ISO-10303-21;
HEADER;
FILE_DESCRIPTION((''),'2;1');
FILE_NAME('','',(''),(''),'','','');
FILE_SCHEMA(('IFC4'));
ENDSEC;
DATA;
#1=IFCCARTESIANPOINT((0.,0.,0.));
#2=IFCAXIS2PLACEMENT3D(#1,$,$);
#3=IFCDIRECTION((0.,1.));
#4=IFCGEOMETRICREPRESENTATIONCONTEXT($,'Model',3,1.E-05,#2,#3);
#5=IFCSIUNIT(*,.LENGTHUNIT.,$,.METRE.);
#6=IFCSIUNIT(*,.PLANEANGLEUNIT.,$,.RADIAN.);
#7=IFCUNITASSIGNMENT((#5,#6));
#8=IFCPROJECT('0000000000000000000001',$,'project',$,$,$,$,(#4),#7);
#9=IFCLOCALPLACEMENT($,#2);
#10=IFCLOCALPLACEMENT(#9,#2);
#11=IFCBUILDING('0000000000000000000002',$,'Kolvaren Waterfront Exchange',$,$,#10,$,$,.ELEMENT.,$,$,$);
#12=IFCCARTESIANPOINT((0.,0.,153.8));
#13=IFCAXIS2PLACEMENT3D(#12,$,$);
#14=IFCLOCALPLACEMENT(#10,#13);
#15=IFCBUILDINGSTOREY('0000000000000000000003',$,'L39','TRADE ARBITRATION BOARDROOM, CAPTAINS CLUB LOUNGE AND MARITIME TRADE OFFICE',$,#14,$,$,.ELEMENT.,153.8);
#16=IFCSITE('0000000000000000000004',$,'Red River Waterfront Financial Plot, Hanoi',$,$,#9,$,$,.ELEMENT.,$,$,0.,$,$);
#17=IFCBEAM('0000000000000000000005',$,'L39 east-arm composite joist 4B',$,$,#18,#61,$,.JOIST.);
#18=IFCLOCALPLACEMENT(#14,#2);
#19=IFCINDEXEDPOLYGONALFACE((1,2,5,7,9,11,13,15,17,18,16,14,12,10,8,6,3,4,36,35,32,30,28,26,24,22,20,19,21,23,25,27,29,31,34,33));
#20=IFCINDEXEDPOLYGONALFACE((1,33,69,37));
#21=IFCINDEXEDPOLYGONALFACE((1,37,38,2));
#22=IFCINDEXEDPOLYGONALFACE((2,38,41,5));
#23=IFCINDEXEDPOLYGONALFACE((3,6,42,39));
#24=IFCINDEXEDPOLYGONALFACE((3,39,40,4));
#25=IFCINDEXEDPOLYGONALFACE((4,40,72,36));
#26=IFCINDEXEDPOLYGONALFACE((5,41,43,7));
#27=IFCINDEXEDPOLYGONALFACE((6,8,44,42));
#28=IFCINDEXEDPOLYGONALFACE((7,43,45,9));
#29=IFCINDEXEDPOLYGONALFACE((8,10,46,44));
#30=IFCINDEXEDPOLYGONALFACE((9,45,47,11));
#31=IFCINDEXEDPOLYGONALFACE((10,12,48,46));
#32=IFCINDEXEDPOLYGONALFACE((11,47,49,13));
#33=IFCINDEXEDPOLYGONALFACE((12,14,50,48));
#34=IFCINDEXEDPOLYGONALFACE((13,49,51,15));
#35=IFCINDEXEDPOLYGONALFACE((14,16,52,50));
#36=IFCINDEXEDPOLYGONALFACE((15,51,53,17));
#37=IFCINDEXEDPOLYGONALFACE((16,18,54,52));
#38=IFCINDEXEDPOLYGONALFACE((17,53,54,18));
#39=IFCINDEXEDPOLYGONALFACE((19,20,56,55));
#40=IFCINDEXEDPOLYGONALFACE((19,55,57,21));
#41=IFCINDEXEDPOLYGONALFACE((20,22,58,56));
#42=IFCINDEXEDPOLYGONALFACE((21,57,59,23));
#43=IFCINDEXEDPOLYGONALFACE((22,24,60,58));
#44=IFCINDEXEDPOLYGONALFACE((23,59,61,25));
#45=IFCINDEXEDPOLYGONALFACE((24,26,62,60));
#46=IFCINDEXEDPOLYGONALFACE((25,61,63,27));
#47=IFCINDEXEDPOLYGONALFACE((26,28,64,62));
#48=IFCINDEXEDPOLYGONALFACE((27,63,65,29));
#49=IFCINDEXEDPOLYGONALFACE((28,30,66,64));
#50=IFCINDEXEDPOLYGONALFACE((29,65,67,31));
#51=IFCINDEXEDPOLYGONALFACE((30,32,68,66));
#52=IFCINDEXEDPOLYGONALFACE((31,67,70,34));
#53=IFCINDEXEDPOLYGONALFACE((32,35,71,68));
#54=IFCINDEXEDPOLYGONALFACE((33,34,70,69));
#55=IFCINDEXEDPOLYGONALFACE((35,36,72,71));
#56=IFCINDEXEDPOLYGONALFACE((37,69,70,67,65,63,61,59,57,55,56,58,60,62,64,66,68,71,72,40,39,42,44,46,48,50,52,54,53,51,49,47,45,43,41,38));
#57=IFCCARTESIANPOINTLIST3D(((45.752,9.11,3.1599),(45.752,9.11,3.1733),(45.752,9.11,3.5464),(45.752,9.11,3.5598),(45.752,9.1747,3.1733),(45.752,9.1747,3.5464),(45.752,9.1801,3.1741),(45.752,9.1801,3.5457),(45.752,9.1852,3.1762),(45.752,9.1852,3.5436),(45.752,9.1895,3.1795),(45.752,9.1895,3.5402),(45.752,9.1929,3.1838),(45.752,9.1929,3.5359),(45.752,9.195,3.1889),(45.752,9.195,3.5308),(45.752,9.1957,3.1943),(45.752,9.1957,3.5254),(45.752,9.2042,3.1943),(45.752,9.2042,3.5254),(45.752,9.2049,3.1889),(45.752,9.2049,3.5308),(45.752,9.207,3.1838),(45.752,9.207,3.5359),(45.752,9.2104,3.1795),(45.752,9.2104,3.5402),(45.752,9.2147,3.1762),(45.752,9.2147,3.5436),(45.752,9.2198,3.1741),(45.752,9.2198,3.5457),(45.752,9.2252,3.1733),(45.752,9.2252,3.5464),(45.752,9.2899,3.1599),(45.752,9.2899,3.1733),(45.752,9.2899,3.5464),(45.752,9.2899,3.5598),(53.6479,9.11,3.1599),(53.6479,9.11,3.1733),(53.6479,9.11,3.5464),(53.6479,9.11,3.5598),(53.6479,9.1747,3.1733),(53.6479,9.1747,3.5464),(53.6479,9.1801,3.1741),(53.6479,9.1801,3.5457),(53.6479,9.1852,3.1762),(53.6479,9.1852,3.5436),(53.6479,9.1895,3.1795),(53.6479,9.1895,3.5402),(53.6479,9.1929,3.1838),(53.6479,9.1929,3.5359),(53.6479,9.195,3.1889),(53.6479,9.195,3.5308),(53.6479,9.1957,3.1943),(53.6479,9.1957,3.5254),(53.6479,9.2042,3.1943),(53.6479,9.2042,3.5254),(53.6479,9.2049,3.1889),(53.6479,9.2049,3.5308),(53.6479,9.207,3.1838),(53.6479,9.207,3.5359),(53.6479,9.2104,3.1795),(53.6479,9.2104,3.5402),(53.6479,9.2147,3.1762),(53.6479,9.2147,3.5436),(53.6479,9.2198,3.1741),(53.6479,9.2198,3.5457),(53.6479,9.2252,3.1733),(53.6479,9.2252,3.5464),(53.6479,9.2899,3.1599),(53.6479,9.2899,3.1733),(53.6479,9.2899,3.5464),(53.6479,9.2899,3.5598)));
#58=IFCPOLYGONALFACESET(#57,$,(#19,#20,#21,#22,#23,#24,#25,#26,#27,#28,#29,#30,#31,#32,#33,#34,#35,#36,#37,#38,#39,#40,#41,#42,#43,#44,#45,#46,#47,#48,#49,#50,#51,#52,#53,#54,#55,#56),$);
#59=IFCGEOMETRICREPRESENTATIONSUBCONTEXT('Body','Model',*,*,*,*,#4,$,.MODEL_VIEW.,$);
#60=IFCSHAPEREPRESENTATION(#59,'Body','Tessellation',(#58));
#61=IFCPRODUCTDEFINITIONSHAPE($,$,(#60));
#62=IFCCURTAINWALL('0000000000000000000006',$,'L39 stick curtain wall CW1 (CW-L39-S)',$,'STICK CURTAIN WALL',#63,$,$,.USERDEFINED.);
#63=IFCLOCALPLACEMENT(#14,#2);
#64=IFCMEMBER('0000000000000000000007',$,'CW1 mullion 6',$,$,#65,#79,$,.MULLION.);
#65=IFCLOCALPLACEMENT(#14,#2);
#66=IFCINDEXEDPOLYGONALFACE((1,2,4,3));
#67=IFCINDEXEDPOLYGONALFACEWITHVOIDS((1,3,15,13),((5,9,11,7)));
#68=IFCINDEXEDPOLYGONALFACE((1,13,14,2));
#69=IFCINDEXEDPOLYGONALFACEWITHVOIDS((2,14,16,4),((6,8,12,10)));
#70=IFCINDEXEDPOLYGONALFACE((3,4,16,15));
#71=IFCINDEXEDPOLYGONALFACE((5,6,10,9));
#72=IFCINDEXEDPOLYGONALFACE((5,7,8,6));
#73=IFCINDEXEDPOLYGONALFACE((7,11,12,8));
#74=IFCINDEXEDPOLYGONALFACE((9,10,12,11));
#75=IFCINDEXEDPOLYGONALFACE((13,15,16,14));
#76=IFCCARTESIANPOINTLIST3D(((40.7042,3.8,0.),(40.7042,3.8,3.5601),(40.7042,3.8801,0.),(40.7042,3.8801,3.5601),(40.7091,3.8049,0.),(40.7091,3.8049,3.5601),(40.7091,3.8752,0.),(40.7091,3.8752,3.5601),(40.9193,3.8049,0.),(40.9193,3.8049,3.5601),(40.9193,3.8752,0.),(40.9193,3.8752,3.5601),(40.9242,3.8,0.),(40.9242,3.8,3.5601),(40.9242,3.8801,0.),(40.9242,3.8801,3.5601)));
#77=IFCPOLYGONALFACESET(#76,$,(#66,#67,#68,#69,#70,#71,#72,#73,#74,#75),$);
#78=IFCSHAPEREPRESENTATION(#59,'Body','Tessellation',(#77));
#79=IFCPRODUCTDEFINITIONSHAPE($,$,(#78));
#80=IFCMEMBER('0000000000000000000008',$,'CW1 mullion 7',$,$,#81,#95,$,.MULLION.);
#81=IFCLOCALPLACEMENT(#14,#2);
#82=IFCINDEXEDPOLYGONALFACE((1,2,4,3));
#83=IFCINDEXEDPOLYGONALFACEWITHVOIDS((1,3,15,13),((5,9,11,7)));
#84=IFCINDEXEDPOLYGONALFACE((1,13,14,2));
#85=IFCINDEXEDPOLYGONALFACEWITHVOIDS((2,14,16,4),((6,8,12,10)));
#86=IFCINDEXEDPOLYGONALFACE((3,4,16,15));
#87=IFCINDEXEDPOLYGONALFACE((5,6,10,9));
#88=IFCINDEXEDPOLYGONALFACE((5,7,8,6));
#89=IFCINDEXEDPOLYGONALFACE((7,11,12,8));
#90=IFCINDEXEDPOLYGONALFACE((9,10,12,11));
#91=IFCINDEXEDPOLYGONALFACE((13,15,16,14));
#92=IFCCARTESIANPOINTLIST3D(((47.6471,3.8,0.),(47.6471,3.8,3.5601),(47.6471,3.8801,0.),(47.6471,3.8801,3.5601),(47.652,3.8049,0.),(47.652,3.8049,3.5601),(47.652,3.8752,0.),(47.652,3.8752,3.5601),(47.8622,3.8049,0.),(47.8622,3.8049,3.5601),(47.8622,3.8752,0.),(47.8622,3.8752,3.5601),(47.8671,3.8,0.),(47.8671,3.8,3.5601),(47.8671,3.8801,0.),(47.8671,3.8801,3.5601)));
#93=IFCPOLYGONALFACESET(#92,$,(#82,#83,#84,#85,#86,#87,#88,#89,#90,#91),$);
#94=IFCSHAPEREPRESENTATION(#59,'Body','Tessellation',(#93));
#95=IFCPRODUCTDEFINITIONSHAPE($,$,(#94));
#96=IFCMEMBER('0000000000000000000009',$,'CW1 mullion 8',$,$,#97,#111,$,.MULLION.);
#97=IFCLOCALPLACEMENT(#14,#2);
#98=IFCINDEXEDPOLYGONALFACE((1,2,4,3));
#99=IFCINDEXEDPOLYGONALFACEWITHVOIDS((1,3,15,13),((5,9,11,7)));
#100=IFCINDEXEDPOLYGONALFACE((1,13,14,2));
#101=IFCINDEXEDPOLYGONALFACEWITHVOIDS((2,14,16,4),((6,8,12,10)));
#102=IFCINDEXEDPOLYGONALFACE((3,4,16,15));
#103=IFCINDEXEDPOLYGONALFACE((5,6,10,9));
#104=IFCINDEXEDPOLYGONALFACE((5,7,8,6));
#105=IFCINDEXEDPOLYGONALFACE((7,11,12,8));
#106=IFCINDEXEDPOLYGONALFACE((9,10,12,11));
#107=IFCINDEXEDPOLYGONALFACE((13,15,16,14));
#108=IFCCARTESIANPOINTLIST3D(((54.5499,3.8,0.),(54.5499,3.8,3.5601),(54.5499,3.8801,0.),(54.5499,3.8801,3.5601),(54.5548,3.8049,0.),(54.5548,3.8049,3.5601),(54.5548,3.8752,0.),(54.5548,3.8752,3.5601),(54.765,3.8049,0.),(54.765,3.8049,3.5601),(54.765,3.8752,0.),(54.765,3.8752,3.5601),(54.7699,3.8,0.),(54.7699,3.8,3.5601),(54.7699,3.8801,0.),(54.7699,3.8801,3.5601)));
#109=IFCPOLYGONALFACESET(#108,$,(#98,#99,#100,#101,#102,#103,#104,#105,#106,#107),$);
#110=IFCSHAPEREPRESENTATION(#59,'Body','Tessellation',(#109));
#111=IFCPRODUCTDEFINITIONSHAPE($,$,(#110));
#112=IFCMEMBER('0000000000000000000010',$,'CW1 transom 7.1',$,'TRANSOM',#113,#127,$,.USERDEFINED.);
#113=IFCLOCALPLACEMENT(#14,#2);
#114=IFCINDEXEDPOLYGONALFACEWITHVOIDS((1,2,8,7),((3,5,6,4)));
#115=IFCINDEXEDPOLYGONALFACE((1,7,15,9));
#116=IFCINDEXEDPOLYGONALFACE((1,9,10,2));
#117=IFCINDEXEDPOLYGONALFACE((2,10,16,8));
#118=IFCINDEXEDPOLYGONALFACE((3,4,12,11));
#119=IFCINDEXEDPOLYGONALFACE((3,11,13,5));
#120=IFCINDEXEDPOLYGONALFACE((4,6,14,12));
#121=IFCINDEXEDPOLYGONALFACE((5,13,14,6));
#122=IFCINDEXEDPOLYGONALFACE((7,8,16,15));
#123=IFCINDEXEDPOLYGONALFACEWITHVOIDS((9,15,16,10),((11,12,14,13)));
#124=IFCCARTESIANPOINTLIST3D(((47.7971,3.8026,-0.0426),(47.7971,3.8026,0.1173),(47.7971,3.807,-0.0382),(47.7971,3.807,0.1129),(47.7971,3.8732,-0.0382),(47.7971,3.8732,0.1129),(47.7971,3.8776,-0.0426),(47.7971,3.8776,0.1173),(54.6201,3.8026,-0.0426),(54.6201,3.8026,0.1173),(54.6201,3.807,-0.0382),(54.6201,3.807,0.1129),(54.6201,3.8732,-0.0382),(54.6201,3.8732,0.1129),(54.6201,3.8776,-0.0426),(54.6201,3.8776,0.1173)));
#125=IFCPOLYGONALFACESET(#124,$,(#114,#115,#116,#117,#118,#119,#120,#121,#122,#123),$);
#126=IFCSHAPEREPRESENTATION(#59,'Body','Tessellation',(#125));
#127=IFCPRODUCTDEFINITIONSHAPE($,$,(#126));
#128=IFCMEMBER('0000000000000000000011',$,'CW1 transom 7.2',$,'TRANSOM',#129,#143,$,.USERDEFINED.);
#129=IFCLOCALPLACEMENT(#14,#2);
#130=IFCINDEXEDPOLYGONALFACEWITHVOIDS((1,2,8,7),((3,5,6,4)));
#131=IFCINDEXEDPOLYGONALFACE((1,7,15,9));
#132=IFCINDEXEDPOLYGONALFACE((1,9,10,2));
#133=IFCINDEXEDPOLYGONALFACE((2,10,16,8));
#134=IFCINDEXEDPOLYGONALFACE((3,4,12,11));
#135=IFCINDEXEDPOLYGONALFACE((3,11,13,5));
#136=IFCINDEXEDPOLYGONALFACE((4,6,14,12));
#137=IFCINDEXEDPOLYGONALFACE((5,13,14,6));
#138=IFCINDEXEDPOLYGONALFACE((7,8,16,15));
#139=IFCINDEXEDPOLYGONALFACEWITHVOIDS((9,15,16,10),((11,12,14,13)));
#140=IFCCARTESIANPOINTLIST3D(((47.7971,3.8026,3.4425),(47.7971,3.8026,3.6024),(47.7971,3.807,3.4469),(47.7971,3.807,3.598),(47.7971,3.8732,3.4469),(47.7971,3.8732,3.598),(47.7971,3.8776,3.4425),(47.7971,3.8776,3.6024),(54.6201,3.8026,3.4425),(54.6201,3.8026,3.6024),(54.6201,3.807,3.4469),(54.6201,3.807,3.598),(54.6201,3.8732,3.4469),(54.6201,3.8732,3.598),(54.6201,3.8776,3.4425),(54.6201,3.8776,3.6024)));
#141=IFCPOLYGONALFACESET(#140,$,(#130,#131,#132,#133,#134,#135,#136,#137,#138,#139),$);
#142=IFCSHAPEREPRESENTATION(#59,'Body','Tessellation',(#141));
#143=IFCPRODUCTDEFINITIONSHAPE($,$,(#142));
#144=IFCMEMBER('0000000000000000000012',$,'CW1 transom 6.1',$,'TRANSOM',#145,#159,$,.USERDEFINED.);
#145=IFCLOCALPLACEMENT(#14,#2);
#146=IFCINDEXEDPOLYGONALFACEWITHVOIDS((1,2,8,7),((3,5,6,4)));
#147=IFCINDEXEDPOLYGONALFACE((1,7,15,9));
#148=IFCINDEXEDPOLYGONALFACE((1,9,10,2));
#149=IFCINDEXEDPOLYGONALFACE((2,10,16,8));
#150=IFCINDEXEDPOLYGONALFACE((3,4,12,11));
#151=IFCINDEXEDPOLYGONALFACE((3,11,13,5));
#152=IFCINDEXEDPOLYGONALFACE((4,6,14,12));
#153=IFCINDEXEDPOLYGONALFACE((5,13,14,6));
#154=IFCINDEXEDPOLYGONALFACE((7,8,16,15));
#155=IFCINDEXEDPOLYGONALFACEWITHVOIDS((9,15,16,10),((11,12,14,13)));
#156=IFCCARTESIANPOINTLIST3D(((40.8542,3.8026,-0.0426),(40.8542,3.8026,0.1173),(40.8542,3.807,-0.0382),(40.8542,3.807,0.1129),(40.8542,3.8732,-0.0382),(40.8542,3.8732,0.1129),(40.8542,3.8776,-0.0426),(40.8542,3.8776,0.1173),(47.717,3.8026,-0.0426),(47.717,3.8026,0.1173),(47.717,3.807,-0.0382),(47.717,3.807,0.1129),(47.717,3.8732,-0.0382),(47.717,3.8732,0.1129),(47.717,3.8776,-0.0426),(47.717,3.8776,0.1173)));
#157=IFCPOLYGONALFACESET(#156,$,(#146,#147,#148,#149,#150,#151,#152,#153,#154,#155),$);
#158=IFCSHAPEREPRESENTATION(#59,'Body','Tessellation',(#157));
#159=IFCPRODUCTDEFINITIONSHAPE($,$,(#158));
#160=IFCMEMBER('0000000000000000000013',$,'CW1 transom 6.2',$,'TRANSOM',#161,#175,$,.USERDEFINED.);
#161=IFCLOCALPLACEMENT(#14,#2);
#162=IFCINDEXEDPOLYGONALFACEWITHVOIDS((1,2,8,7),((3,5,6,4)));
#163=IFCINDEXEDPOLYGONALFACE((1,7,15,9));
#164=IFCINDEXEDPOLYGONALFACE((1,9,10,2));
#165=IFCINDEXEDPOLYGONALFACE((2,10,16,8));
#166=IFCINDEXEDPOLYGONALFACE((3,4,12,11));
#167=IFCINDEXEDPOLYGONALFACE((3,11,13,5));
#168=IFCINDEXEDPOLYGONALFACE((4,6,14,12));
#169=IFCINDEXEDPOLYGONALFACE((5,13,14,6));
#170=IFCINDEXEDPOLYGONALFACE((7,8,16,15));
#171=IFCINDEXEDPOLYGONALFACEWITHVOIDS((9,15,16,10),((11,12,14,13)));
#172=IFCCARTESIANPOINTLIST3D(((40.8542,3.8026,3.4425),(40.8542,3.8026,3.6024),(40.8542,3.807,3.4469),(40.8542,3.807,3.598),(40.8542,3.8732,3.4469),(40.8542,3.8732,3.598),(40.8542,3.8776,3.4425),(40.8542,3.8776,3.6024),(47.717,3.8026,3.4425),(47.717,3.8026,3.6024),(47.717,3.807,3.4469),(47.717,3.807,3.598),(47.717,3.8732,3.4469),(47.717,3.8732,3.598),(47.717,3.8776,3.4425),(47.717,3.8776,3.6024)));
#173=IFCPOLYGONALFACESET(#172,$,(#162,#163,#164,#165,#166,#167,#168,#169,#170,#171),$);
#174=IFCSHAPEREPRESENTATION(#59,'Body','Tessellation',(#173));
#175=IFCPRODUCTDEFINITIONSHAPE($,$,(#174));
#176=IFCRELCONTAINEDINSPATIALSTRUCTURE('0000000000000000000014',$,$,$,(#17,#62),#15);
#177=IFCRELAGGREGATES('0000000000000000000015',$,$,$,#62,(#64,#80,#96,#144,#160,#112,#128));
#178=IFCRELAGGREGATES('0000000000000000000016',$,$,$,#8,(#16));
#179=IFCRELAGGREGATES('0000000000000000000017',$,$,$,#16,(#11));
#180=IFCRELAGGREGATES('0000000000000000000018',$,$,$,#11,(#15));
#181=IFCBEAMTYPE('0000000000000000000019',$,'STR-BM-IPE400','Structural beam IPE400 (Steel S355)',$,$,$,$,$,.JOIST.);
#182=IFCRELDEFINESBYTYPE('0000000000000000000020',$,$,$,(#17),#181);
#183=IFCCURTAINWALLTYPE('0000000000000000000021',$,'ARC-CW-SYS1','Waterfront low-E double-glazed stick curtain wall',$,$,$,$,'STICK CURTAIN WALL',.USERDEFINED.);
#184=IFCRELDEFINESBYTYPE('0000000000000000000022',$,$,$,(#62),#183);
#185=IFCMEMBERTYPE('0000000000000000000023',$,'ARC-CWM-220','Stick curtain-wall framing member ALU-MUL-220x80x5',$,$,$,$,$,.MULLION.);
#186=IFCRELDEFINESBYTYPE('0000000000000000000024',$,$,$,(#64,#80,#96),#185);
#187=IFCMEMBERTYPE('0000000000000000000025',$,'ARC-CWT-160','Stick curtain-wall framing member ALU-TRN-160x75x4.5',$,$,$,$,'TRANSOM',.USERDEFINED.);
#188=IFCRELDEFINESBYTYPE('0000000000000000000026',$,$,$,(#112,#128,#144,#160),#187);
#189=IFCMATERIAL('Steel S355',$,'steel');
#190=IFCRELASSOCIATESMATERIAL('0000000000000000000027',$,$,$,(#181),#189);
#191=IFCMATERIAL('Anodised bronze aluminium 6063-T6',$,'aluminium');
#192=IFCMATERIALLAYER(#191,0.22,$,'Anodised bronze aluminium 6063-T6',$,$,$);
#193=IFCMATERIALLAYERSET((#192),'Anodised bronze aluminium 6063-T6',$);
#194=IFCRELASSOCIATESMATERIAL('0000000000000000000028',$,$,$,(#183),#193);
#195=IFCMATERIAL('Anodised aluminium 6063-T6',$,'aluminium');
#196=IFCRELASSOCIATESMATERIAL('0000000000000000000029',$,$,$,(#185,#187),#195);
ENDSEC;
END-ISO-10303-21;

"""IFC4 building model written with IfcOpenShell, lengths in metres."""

from ifc_helpers import new_model, si_unit, direction, frame, origin, origin_with_axes, origin_2d, place, context, subcontext, project, spatial, hollow_rectangle, i_section, extrude, source, transform, mapped, material, layer, layer_set, material_profile, profile_set, type_object, element, aggregate, save


model = new_model("IFC4")

# Units and contexts
model_context = context("Model", 3, precision=1e-05, world=origin(), true_north=direction((0.0, 1.0)))
body_context = subcontext(model_context, "Body", "Model", "MODEL_VIEW")
ifc_project = project(units=[si_unit("LENGTHUNIT", "METRE"), si_unit("PLANEANGLEUNIT", "RADIAN")], contexts=[model_context])

# Site, building, storey
site_placement = place(None, origin())
site = spatial("IfcSite", under=ifc_project, at=site_placement, Name="Red River Waterfront Financial Plot, Hanoi", CompositionType="ELEMENT", RefElevation=0.0)
building_placement = place(site_placement, origin())
building = spatial("IfcBuilding", under=site, at=building_placement, Name="Kolvaren Waterfront Exchange", CompositionType="ELEMENT")
storey_placement = place(building_placement, frame((0.0, 0.0, 153.8)))
storey = spatial("IfcBuildingStorey", under=building, at=storey_placement, Name="L39", Description="TRADE ARBITRATION BOARDROOM, CAPTAINS CLUB LOUNGE AND MARITIME TRADE OFFICE", CompositionType="ELEMENT", Elevation=153.8)

# Beam
ifc_material_1 = material(Name="Steel S355", Category="steel")
ifc_material_profile_1 = material_profile(ifc_material_1, i_section(OverallWidth=0.1799, OverallDepth=0.3999, WebThickness=0.0085, FlangeThickness=0.0134, FilletRadius=0.021, at=origin_2d()), Name="IPE400")
ifc_profile_set_1 = profile_set([ifc_material_profile_1], Name="Steel S355")
beam_type_1 = type_object("IfcBeamType", Name="STR-BM-IPE400", Description="Structural beam IPE400 (Steel S355)", PredefinedType="JOIST", material=ifc_profile_set_1)
beam_1_placement = place(storey_placement, frame((45.752, 9.2, 3.3599), z_axis=(1.0, 0.0, 0.0), x_axis=(0.0, 1.0, 0.0)))
element("IfcBeam", 1, at=beam_1_placement, inside=storey, type_object=beam_type_1, Name="L39 east-arm composite joist 4B", PredefinedType="JOIST", context=body_context, shape_type="SweptSolid", body=[
    extrude(i_section(OverallWidth=0.1799, OverallDepth=0.3999, WebThickness=0.0085, FlangeThickness=0.0134, FilletRadius=0.021, at=origin_2d()), origin(), (0.0, 0.0, 1.0), 7.896),
])

# Curtain wall, members
ifc_material_2 = material(Name="Anodised bronze aluminium 6063-T6", Category="aluminium")
ifc_layer_1 = layer(ifc_material_2, 0.22, Name="Anodised bronze aluminium 6063-T6")
ifc_layer_set_1 = layer_set([ifc_layer_1], Name="Anodised bronze aluminium 6063-T6")
curtain_wall_type = type_object("IfcCurtainWallType", Name="ARC-CW-SYS1", Description="Waterfront low-E double-glazed stick curtain wall", ElementType="STICK CURTAIN WALL", PredefinedType="USERDEFINED", material=ifc_layer_set_1)
curtain_wall_placement = place(storey_placement, origin())
curtain_wall = element("IfcCurtainWall", 2, at=curtain_wall_placement, inside=storey, type_object=curtain_wall_type, Name="L39 stick curtain wall CW1 (CW-L39-S)", ObjectType="STICK CURTAIN WALL", PredefinedType="USERDEFINED")
ifc_material_3 = material(Name="Anodised aluminium 6063-T6", Category="aluminium")
ifc_material_profile_2 = material_profile(ifc_material_3, hollow_rectangle(XDim=0.0801, YDim=0.22, WallThickness=0.0049, at=origin_2d()), Name="ALU-MUL-220x80x5")
ifc_profile_set_2 = profile_set([ifc_material_profile_2], Name="Anodised aluminium 6063-T6")
member_type_1 = type_object("IfcMemberType", Name="ARC-CWM-220", Description="Stick curtain-wall framing member ALU-MUL-220x80x5", PredefinedType="MULLION", material=ifc_profile_set_2)
shared_shape_1 = source(origin_with_axes(), body_context, "Body", "SweptSolid", [
    extrude(hollow_rectangle(XDim=0.0801, YDim=0.22, WallThickness=0.0049, at=origin_2d()), origin(), (0.0, 0.0, 1.0), 3.5601),
])
member_1_placement = place(storey_placement, frame((40.8142, 3.8401, 0.0), z_axis=(0.0, 0.0, 1.0), x_axis=(0.0, 1.0, 0.0)))
member_1 = element("IfcMember", 3, at=member_1_placement, type_object=member_type_1, Name="CW1 mullion 6", PredefinedType="MULLION", context=body_context, shape_type="MappedRepresentation", body=[
    mapped(shared_shape_1, transform((0.0, 0.0, 0.0), x_axis=(1.0, 0.0, 0.0), y_axis=(0.0, 1.0, 0.0), z_axis=(0.0, 0.0, 1.0), scale=1.0)),
])
member_2_placement = place(storey_placement, frame((47.7571, 3.8401, 0.0), z_axis=(0.0, 0.0, 1.0), x_axis=(0.0, 1.0, 0.0)))
member_2 = element("IfcMember", 4, at=member_2_placement, type_object=member_type_1, Name="CW1 mullion 7", PredefinedType="MULLION", context=body_context, shape_type="MappedRepresentation", body=[
    mapped(shared_shape_1, transform((0.0, 0.0, 0.0), x_axis=(1.0, 0.0, 0.0), y_axis=(0.0, 1.0, 0.0), z_axis=(0.0, 0.0, 1.0), scale=1.0)),
])
member_3_placement = place(storey_placement, frame((54.6599, 3.8401, 0.0), z_axis=(0.0, 0.0, 1.0), x_axis=(0.0, 1.0, 0.0)))
member_3 = element("IfcMember", 5, at=member_3_placement, type_object=member_type_1, Name="CW1 mullion 8", PredefinedType="MULLION", context=body_context, shape_type="MappedRepresentation", body=[
    mapped(shared_shape_1, transform((0.0, 0.0, 0.0), x_axis=(1.0, 0.0, 0.0), y_axis=(0.0, 1.0, 0.0), z_axis=(0.0, 0.0, 1.0), scale=1.0)),
])
ifc_material_profile_3 = material_profile(ifc_material_3, hollow_rectangle(XDim=0.075, YDim=0.1599, WallThickness=0.0044, at=origin_2d()), Name="ALU-TRN-160x75x4.5")
ifc_profile_set_3 = profile_set([ifc_material_profile_3], Name="Anodised aluminium 6063-T6")
member_type_2 = type_object("IfcMemberType", Name="ARC-CWT-160", Description="Stick curtain-wall framing member ALU-TRN-160x75x4.5", ElementType="TRANSOM", PredefinedType="USERDEFINED", material=ifc_profile_set_3)
shared_shape_2 = source(origin_with_axes(), body_context, "Body", "SweptSolid", [
    extrude(hollow_rectangle(XDim=0.075, YDim=0.1599, WallThickness=0.0044, at=origin_2d()), origin(), (0.0, 0.0, 1.0), 6.823),
])
member_4_placement = place(storey_placement, frame((47.7971, 3.8401, 0.0374), z_axis=(1.0, 0.0, 0.0), x_axis=(0.0, 1.0, 0.0)))
member_4 = element("IfcMember", 6, at=member_4_placement, type_object=member_type_2, Name="CW1 transom 7.1", ObjectType="TRANSOM", PredefinedType="USERDEFINED", context=body_context, shape_type="MappedRepresentation", body=[
    mapped(shared_shape_2, transform((0.0, 0.0, 0.0), x_axis=(1.0, 0.0, 0.0), y_axis=(0.0, 1.0, 0.0), z_axis=(0.0, 0.0, 1.0), scale=1.0)),
])
member_5_placement = place(storey_placement, frame((47.7971, 3.8401, 3.5225), z_axis=(1.0, 0.0, 0.0), x_axis=(0.0, 1.0, 0.0)))
member_5 = element("IfcMember", 7, at=member_5_placement, type_object=member_type_2, Name="CW1 transom 7.2", ObjectType="TRANSOM", PredefinedType="USERDEFINED", context=body_context, shape_type="MappedRepresentation", body=[
    mapped(shared_shape_2, transform((0.0, 0.0, 0.0), x_axis=(1.0, 0.0, 0.0), y_axis=(0.0, 1.0, 0.0), z_axis=(0.0, 0.0, 1.0), scale=1.0)),
])
shared_shape_3 = source(origin_with_axes(), body_context, "Body", "SweptSolid", [
    extrude(hollow_rectangle(XDim=0.075, YDim=0.1599, WallThickness=0.0044, at=origin_2d()), origin(), (0.0, 0.0, 1.0), 6.8628),
])
member_6_placement = place(storey_placement, frame((40.8542, 3.8401, 0.0374), z_axis=(1.0, 0.0, 0.0), x_axis=(0.0, 1.0, 0.0)))
member_6 = element("IfcMember", 8, at=member_6_placement, type_object=member_type_2, Name="CW1 transom 6.1", ObjectType="TRANSOM", PredefinedType="USERDEFINED", context=body_context, shape_type="MappedRepresentation", body=[
    mapped(shared_shape_3, transform((0.0, 0.0, 0.0), x_axis=(1.0, 0.0, 0.0), y_axis=(0.0, 1.0, 0.0), z_axis=(0.0, 0.0, 1.0), scale=1.0)),
])
member_7_placement = place(storey_placement, frame((40.8542, 3.8401, 3.5225), z_axis=(1.0, 0.0, 0.0), x_axis=(0.0, 1.0, 0.0)))
member_7 = element("IfcMember", 9, at=member_7_placement, type_object=member_type_2, Name="CW1 transom 6.2", ObjectType="TRANSOM", PredefinedType="USERDEFINED", context=body_context, shape_type="MappedRepresentation", body=[
    mapped(shared_shape_3, transform((0.0, 0.0, 0.0), x_axis=(1.0, 0.0, 0.0), y_axis=(0.0, 1.0, 0.0), z_axis=(0.0, 0.0, 1.0), scale=1.0)),
])
aggregate(curtain_wall, [member_1, member_2, member_3, member_6, member_7, member_4, member_5])

save(model, "model.ifc")
